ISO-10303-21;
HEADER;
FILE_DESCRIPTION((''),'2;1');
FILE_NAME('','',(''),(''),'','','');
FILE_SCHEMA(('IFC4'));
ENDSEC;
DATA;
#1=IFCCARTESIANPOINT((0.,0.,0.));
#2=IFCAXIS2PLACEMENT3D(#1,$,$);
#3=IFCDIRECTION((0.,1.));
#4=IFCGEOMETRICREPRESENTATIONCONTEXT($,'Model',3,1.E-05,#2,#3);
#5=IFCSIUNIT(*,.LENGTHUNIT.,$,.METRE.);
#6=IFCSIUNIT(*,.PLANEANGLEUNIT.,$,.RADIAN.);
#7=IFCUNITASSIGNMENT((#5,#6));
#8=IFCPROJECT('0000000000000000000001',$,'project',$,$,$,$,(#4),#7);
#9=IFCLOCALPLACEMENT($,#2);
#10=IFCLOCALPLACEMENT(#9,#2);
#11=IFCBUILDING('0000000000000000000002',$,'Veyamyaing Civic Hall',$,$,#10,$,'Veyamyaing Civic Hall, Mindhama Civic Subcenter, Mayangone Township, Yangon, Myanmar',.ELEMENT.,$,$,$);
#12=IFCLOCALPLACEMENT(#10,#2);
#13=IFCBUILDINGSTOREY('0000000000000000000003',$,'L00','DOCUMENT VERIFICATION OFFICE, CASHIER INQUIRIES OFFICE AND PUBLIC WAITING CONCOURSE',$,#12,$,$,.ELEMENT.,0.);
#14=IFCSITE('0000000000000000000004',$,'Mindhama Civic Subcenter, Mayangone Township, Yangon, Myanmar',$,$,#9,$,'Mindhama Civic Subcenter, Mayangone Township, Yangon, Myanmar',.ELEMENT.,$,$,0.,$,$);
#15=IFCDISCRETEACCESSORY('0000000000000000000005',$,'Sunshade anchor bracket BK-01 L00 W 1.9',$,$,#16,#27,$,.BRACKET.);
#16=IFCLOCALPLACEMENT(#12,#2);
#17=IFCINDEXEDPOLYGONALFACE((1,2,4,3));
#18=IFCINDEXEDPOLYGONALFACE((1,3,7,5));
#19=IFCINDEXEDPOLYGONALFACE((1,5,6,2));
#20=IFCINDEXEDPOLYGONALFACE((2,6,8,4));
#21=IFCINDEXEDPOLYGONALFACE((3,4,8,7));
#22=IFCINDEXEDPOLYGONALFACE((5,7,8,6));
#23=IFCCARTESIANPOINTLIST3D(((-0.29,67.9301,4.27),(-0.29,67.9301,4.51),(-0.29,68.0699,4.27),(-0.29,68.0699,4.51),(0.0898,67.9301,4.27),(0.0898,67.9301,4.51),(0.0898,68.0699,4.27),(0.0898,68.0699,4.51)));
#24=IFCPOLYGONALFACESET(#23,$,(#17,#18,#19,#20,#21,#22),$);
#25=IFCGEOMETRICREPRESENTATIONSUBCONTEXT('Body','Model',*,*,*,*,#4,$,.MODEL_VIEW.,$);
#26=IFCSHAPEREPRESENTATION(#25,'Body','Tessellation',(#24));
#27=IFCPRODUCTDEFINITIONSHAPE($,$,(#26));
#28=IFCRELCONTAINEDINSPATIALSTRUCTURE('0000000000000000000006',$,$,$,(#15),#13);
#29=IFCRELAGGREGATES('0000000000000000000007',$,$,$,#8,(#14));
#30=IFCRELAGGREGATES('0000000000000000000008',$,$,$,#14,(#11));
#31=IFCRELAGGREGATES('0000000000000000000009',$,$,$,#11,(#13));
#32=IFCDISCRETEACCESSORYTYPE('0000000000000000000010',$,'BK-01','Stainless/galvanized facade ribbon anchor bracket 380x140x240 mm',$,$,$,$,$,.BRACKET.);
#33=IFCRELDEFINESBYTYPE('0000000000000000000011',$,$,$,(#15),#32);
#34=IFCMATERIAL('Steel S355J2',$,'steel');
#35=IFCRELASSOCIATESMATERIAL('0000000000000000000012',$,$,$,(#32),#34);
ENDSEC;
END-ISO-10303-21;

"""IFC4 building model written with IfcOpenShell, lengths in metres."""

from ifc_helpers import new_model, si_unit, direction, frame, origin, origin_2d, place, context, subcontext, project, spatial, rectangle, extrude, material, type_object, element, save


model = new_model("IFC4")

# Units and contexts
model_context = context("Model", 3, precision=1e-05, world=origin(), true_north=direction((0.0, 1.0)))
body_context = subcontext(model_context, "Body", "Model", "MODEL_VIEW")
ifc_project = project(units=[si_unit("LENGTHUNIT", "METRE"), si_unit("PLANEANGLEUNIT", "RADIAN")], contexts=[model_context])

# Site, building, storey
site_placement = place(None, origin())
site = spatial("IfcSite", under=ifc_project, at=site_placement, Name="Mindhama Civic Subcenter, Mayangone Township, Yangon, Myanmar", LongName="Mindhama Civic Subcenter, Mayangone Township, Yangon, Myanmar", CompositionType="ELEMENT", RefElevation=0.0)
building_placement = place(site_placement, origin())
building = spatial("IfcBuilding", under=site, at=building_placement, Name="Veyamyaing Civic Hall", LongName="Veyamyaing Civic Hall, Mindhama Civic Subcenter, Mayangone Township, Yangon, Myanmar", CompositionType="ELEMENT")
storey_placement = place(building_placement, origin())
storey = spatial("IfcBuildingStorey", under=building, at=storey_placement, Name="L00", Description="DOCUMENT VERIFICATION OFFICE, CASHIER INQUIRIES OFFICE AND PUBLIC WAITING CONCOURSE", CompositionType="ELEMENT", Elevation=0.0)

# Discrete accessory
ifc_material_1 = material(Name="Steel S355J2", Category="steel")
discrete_accessory_type = type_object("IfcDiscreteAccessoryType", Name="BK-01", Description="Stainless/galvanized facade ribbon anchor bracket 380x140x240 mm", PredefinedType="BRACKET", material=ifc_material_1)
discrete_accessory_placement = place(storey_placement, frame((-0.1001, 68.0, 4.27), z_axis=(0.0, 0.0, 1.0), x_axis=(-1.0, 0.0, 0.0)))
element("IfcDiscreteAccessory", 1, at=discrete_accessory_placement, inside=storey, type_object=discrete_accessory_type, Name="Sunshade anchor bracket BK-01 L00 W 1.9", PredefinedType="BRACKET", context=body_context, shape_type="SweptSolid", body=[
    extrude(rectangle(XDim=0.3799, YDim=0.1399, at=origin_2d()), origin(), (0.0, 0.0, 1.0), 0.24),
])

save(model, "model.ifc")
